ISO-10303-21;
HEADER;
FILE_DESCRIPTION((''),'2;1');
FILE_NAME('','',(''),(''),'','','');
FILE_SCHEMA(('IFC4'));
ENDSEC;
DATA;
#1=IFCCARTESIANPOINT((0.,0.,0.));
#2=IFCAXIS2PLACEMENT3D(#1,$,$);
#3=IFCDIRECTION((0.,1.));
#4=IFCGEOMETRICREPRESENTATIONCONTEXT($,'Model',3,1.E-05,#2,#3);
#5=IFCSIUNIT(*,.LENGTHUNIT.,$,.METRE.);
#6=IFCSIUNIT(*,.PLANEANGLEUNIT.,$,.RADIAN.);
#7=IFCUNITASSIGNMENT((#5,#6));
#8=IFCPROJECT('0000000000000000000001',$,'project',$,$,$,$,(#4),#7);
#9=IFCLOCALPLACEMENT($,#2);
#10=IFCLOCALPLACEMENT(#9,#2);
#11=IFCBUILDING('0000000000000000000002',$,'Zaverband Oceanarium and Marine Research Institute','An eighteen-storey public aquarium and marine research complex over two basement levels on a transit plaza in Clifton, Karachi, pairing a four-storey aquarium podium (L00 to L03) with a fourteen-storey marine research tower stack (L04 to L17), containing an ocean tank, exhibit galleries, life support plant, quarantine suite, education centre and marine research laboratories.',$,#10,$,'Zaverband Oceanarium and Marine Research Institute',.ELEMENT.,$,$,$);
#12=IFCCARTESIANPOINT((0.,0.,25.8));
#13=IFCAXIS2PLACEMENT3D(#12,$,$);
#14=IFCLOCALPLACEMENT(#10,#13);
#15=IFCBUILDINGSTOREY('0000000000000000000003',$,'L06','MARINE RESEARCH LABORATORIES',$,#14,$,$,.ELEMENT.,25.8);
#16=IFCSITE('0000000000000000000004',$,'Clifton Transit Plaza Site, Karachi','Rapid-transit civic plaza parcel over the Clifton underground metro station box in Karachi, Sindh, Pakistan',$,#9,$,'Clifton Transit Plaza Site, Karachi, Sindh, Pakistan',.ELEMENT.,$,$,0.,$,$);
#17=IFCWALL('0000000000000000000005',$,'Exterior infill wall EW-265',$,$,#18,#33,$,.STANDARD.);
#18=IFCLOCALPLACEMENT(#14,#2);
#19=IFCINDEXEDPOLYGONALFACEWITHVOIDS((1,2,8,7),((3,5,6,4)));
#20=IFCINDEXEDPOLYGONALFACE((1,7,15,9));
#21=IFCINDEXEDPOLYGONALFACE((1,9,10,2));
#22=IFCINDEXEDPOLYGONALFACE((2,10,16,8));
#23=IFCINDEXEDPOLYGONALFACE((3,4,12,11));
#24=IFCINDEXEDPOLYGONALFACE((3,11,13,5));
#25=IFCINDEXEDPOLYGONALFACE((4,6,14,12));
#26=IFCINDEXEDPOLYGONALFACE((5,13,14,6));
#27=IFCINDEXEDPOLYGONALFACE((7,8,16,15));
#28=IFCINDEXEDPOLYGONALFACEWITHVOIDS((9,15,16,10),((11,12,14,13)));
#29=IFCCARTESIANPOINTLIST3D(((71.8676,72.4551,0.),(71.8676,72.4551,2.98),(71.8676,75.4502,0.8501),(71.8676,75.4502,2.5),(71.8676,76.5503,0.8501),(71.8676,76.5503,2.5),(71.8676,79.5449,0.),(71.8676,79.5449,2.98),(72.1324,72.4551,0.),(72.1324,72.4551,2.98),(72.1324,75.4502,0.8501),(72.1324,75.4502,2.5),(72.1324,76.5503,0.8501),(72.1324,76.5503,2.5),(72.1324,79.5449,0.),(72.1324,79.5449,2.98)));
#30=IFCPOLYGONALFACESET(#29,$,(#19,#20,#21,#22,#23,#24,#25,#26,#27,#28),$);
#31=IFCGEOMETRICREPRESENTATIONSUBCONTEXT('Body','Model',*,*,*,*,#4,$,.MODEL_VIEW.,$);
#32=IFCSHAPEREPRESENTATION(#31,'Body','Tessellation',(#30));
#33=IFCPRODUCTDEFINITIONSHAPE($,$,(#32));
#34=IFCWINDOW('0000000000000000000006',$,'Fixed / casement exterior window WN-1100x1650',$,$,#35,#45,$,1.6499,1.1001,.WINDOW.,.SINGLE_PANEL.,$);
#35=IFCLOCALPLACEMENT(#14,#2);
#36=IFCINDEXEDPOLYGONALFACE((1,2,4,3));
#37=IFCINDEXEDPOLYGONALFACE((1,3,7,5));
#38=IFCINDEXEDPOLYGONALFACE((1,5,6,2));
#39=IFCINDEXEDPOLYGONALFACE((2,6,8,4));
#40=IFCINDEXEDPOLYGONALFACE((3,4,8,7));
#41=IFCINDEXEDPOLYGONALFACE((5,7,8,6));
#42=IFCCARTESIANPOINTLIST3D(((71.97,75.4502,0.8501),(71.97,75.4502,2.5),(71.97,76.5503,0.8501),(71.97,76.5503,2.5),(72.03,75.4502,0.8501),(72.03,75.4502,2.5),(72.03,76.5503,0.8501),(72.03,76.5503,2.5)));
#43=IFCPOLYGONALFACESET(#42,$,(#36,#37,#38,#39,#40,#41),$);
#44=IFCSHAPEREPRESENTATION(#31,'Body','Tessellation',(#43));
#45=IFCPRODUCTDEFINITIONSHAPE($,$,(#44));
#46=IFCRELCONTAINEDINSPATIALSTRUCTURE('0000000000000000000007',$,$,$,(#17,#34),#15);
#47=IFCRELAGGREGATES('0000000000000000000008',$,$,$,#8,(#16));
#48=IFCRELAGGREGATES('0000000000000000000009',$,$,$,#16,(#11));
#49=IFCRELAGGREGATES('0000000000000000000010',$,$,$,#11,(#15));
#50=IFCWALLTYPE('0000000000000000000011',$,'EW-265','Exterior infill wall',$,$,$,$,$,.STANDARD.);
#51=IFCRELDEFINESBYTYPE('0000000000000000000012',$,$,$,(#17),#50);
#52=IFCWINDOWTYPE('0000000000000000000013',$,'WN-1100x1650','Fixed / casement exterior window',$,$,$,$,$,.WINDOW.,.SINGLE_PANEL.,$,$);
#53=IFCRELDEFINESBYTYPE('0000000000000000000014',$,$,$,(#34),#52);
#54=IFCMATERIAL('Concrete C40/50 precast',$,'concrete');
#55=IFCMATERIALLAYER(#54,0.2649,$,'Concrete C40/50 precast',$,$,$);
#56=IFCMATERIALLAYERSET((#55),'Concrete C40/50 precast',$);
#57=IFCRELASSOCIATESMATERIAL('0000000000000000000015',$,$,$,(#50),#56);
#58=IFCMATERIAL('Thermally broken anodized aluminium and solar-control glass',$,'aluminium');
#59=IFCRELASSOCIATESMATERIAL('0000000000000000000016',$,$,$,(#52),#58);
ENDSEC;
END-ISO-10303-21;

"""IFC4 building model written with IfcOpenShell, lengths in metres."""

from ifc_helpers import new_model, si_unit, direction, frame, frame_2d, origin, place, context, subcontext, project, spatial, rectangle, extrude, material, layer, layer_set, type_object, element, fill, save


model = new_model("IFC4")

# Units and contexts
model_context = context("Model", 3, precision=1e-05, world=origin(), true_north=direction((0.0, 1.0)))
body_context = subcontext(model_context, "Body", "Model", "MODEL_VIEW")
ifc_project = project(units=[si_unit("LENGTHUNIT", "METRE"), si_unit("PLANEANGLEUNIT", "RADIAN")], contexts=[model_context])

# Site, building, storey
site_placement = place(None, origin())
site = spatial("IfcSite", under=ifc_project, at=site_placement, Name="Clifton Transit Plaza Site, Karachi", Description="Rapid-transit civic plaza parcel over the Clifton underground metro station box in Karachi, Sindh, Pakistan", LongName="Clifton Transit Plaza Site, Karachi, Sindh, Pakistan", CompositionType="ELEMENT", RefElevation=0.0)
building_placement = place(site_placement, origin())
building = spatial("IfcBuilding", under=site, at=building_placement, Name="Zaverband Oceanarium and Marine Research Institute", Description="An eighteen-storey public aquarium and marine research complex over two basement levels on a transit plaza in Clifton, Karachi, pairing a four-storey aquarium podium (L00 to L03) with a fourteen-storey marine research tower stack (L04 to L17), containing an ocean tank, exhibit galleries, life support plant, quarantine suite, education centre and marine research laboratories.", LongName="Zaverband Oceanarium and Marine Research Institute", CompositionType="ELEMENT")
storey_placement = place(building_placement, frame((0.0, 0.0, 25.8)))
storey = spatial("IfcBuildingStorey", under=building, at=storey_placement, Name="L06", Description="MARINE RESEARCH LABORATORIES", CompositionType="ELEMENT", Elevation=25.8)

# Shared definitions
ifc_material_1 = material(Name="Thermally broken anodized aluminium and solar-control glass", Category="aluminium")

# Wall, opening, window
ifc_material_2 = material(Name="Concrete C40/50 precast", Category="concrete")
ifc_layer_1 = layer(ifc_material_2, 0.2649, Name="Concrete C40/50 precast")
ifc_layer_set_1 = layer_set([ifc_layer_1], Name="Concrete C40/50 precast")
wall_type = type_object("IfcWallType", Name="EW-265", Description="Exterior infill wall", PredefinedType="STANDARD", material=ifc_layer_set_1)
wall_placement = place(storey_placement, frame((72.0, 72.4551, 0.0), z_axis=(0.0, 0.0, 1.0), x_axis=(0.0, 1.0, 0.0)))
wall = element("IfcWall", 1, at=wall_placement, inside=storey, type_object=wall_type, Name="Exterior infill wall EW-265", PredefinedType="STANDARD", context=body_context, shape_type="SweptSolid", body=[
    extrude(rectangle(XDim=7.0898, YDim=0.2649, at=frame_2d((3.5449, 0.0))), origin(), (0.0, 0.0, 1.0), 2.98),
])
opening_placement = place(wall_placement, frame((2.9951, 0.0, 0.8501)))
opening = element("IfcOpeningElement", 2, at=opening_placement, cuts=wall, PredefinedType="OPENING", context=body_context, shape_type="SweptSolid", body=[
    extrude(rectangle(XDim=1.1001, YDim=1.6499, at=frame_2d((0.55, 0.825))), frame((0.0, 0.1445, 0.0), z_axis=(0.0, -1.0, 0.0), x_axis=(1.0, 0.0, 0.0)), (0.0, 0.0, 1.0), 0.2888),
])
window_type = type_object("IfcWindowType", Name="WN-1100x1650", Description="Fixed / casement exterior window", PartitioningType="SINGLE_PANEL", PredefinedType="WINDOW", material=ifc_material_1)
window_placement = place(opening_placement, origin())
window = element("IfcWindow", 3, at=window_placement, inside=storey, type_object=window_type, Name="Fixed / casement exterior window WN-1100x1650", OverallHeight=1.6499, OverallWidth=1.1001, PartitioningType="SINGLE_PANEL", PredefinedType="WINDOW", context=body_context, shape_type="SweptSolid", body=[
    extrude(rectangle(XDim=1.1001, YDim=1.6499, at=frame_2d((0.55, 0.825))), frame((0.0, 0.03, 0.0), z_axis=(0.0, -1.0, 0.0), x_axis=(1.0, 0.0, 0.0)), (0.0, 0.0, 1.0), 0.0601),
])
fill(opening, window)

save(model, "model.ifc")
